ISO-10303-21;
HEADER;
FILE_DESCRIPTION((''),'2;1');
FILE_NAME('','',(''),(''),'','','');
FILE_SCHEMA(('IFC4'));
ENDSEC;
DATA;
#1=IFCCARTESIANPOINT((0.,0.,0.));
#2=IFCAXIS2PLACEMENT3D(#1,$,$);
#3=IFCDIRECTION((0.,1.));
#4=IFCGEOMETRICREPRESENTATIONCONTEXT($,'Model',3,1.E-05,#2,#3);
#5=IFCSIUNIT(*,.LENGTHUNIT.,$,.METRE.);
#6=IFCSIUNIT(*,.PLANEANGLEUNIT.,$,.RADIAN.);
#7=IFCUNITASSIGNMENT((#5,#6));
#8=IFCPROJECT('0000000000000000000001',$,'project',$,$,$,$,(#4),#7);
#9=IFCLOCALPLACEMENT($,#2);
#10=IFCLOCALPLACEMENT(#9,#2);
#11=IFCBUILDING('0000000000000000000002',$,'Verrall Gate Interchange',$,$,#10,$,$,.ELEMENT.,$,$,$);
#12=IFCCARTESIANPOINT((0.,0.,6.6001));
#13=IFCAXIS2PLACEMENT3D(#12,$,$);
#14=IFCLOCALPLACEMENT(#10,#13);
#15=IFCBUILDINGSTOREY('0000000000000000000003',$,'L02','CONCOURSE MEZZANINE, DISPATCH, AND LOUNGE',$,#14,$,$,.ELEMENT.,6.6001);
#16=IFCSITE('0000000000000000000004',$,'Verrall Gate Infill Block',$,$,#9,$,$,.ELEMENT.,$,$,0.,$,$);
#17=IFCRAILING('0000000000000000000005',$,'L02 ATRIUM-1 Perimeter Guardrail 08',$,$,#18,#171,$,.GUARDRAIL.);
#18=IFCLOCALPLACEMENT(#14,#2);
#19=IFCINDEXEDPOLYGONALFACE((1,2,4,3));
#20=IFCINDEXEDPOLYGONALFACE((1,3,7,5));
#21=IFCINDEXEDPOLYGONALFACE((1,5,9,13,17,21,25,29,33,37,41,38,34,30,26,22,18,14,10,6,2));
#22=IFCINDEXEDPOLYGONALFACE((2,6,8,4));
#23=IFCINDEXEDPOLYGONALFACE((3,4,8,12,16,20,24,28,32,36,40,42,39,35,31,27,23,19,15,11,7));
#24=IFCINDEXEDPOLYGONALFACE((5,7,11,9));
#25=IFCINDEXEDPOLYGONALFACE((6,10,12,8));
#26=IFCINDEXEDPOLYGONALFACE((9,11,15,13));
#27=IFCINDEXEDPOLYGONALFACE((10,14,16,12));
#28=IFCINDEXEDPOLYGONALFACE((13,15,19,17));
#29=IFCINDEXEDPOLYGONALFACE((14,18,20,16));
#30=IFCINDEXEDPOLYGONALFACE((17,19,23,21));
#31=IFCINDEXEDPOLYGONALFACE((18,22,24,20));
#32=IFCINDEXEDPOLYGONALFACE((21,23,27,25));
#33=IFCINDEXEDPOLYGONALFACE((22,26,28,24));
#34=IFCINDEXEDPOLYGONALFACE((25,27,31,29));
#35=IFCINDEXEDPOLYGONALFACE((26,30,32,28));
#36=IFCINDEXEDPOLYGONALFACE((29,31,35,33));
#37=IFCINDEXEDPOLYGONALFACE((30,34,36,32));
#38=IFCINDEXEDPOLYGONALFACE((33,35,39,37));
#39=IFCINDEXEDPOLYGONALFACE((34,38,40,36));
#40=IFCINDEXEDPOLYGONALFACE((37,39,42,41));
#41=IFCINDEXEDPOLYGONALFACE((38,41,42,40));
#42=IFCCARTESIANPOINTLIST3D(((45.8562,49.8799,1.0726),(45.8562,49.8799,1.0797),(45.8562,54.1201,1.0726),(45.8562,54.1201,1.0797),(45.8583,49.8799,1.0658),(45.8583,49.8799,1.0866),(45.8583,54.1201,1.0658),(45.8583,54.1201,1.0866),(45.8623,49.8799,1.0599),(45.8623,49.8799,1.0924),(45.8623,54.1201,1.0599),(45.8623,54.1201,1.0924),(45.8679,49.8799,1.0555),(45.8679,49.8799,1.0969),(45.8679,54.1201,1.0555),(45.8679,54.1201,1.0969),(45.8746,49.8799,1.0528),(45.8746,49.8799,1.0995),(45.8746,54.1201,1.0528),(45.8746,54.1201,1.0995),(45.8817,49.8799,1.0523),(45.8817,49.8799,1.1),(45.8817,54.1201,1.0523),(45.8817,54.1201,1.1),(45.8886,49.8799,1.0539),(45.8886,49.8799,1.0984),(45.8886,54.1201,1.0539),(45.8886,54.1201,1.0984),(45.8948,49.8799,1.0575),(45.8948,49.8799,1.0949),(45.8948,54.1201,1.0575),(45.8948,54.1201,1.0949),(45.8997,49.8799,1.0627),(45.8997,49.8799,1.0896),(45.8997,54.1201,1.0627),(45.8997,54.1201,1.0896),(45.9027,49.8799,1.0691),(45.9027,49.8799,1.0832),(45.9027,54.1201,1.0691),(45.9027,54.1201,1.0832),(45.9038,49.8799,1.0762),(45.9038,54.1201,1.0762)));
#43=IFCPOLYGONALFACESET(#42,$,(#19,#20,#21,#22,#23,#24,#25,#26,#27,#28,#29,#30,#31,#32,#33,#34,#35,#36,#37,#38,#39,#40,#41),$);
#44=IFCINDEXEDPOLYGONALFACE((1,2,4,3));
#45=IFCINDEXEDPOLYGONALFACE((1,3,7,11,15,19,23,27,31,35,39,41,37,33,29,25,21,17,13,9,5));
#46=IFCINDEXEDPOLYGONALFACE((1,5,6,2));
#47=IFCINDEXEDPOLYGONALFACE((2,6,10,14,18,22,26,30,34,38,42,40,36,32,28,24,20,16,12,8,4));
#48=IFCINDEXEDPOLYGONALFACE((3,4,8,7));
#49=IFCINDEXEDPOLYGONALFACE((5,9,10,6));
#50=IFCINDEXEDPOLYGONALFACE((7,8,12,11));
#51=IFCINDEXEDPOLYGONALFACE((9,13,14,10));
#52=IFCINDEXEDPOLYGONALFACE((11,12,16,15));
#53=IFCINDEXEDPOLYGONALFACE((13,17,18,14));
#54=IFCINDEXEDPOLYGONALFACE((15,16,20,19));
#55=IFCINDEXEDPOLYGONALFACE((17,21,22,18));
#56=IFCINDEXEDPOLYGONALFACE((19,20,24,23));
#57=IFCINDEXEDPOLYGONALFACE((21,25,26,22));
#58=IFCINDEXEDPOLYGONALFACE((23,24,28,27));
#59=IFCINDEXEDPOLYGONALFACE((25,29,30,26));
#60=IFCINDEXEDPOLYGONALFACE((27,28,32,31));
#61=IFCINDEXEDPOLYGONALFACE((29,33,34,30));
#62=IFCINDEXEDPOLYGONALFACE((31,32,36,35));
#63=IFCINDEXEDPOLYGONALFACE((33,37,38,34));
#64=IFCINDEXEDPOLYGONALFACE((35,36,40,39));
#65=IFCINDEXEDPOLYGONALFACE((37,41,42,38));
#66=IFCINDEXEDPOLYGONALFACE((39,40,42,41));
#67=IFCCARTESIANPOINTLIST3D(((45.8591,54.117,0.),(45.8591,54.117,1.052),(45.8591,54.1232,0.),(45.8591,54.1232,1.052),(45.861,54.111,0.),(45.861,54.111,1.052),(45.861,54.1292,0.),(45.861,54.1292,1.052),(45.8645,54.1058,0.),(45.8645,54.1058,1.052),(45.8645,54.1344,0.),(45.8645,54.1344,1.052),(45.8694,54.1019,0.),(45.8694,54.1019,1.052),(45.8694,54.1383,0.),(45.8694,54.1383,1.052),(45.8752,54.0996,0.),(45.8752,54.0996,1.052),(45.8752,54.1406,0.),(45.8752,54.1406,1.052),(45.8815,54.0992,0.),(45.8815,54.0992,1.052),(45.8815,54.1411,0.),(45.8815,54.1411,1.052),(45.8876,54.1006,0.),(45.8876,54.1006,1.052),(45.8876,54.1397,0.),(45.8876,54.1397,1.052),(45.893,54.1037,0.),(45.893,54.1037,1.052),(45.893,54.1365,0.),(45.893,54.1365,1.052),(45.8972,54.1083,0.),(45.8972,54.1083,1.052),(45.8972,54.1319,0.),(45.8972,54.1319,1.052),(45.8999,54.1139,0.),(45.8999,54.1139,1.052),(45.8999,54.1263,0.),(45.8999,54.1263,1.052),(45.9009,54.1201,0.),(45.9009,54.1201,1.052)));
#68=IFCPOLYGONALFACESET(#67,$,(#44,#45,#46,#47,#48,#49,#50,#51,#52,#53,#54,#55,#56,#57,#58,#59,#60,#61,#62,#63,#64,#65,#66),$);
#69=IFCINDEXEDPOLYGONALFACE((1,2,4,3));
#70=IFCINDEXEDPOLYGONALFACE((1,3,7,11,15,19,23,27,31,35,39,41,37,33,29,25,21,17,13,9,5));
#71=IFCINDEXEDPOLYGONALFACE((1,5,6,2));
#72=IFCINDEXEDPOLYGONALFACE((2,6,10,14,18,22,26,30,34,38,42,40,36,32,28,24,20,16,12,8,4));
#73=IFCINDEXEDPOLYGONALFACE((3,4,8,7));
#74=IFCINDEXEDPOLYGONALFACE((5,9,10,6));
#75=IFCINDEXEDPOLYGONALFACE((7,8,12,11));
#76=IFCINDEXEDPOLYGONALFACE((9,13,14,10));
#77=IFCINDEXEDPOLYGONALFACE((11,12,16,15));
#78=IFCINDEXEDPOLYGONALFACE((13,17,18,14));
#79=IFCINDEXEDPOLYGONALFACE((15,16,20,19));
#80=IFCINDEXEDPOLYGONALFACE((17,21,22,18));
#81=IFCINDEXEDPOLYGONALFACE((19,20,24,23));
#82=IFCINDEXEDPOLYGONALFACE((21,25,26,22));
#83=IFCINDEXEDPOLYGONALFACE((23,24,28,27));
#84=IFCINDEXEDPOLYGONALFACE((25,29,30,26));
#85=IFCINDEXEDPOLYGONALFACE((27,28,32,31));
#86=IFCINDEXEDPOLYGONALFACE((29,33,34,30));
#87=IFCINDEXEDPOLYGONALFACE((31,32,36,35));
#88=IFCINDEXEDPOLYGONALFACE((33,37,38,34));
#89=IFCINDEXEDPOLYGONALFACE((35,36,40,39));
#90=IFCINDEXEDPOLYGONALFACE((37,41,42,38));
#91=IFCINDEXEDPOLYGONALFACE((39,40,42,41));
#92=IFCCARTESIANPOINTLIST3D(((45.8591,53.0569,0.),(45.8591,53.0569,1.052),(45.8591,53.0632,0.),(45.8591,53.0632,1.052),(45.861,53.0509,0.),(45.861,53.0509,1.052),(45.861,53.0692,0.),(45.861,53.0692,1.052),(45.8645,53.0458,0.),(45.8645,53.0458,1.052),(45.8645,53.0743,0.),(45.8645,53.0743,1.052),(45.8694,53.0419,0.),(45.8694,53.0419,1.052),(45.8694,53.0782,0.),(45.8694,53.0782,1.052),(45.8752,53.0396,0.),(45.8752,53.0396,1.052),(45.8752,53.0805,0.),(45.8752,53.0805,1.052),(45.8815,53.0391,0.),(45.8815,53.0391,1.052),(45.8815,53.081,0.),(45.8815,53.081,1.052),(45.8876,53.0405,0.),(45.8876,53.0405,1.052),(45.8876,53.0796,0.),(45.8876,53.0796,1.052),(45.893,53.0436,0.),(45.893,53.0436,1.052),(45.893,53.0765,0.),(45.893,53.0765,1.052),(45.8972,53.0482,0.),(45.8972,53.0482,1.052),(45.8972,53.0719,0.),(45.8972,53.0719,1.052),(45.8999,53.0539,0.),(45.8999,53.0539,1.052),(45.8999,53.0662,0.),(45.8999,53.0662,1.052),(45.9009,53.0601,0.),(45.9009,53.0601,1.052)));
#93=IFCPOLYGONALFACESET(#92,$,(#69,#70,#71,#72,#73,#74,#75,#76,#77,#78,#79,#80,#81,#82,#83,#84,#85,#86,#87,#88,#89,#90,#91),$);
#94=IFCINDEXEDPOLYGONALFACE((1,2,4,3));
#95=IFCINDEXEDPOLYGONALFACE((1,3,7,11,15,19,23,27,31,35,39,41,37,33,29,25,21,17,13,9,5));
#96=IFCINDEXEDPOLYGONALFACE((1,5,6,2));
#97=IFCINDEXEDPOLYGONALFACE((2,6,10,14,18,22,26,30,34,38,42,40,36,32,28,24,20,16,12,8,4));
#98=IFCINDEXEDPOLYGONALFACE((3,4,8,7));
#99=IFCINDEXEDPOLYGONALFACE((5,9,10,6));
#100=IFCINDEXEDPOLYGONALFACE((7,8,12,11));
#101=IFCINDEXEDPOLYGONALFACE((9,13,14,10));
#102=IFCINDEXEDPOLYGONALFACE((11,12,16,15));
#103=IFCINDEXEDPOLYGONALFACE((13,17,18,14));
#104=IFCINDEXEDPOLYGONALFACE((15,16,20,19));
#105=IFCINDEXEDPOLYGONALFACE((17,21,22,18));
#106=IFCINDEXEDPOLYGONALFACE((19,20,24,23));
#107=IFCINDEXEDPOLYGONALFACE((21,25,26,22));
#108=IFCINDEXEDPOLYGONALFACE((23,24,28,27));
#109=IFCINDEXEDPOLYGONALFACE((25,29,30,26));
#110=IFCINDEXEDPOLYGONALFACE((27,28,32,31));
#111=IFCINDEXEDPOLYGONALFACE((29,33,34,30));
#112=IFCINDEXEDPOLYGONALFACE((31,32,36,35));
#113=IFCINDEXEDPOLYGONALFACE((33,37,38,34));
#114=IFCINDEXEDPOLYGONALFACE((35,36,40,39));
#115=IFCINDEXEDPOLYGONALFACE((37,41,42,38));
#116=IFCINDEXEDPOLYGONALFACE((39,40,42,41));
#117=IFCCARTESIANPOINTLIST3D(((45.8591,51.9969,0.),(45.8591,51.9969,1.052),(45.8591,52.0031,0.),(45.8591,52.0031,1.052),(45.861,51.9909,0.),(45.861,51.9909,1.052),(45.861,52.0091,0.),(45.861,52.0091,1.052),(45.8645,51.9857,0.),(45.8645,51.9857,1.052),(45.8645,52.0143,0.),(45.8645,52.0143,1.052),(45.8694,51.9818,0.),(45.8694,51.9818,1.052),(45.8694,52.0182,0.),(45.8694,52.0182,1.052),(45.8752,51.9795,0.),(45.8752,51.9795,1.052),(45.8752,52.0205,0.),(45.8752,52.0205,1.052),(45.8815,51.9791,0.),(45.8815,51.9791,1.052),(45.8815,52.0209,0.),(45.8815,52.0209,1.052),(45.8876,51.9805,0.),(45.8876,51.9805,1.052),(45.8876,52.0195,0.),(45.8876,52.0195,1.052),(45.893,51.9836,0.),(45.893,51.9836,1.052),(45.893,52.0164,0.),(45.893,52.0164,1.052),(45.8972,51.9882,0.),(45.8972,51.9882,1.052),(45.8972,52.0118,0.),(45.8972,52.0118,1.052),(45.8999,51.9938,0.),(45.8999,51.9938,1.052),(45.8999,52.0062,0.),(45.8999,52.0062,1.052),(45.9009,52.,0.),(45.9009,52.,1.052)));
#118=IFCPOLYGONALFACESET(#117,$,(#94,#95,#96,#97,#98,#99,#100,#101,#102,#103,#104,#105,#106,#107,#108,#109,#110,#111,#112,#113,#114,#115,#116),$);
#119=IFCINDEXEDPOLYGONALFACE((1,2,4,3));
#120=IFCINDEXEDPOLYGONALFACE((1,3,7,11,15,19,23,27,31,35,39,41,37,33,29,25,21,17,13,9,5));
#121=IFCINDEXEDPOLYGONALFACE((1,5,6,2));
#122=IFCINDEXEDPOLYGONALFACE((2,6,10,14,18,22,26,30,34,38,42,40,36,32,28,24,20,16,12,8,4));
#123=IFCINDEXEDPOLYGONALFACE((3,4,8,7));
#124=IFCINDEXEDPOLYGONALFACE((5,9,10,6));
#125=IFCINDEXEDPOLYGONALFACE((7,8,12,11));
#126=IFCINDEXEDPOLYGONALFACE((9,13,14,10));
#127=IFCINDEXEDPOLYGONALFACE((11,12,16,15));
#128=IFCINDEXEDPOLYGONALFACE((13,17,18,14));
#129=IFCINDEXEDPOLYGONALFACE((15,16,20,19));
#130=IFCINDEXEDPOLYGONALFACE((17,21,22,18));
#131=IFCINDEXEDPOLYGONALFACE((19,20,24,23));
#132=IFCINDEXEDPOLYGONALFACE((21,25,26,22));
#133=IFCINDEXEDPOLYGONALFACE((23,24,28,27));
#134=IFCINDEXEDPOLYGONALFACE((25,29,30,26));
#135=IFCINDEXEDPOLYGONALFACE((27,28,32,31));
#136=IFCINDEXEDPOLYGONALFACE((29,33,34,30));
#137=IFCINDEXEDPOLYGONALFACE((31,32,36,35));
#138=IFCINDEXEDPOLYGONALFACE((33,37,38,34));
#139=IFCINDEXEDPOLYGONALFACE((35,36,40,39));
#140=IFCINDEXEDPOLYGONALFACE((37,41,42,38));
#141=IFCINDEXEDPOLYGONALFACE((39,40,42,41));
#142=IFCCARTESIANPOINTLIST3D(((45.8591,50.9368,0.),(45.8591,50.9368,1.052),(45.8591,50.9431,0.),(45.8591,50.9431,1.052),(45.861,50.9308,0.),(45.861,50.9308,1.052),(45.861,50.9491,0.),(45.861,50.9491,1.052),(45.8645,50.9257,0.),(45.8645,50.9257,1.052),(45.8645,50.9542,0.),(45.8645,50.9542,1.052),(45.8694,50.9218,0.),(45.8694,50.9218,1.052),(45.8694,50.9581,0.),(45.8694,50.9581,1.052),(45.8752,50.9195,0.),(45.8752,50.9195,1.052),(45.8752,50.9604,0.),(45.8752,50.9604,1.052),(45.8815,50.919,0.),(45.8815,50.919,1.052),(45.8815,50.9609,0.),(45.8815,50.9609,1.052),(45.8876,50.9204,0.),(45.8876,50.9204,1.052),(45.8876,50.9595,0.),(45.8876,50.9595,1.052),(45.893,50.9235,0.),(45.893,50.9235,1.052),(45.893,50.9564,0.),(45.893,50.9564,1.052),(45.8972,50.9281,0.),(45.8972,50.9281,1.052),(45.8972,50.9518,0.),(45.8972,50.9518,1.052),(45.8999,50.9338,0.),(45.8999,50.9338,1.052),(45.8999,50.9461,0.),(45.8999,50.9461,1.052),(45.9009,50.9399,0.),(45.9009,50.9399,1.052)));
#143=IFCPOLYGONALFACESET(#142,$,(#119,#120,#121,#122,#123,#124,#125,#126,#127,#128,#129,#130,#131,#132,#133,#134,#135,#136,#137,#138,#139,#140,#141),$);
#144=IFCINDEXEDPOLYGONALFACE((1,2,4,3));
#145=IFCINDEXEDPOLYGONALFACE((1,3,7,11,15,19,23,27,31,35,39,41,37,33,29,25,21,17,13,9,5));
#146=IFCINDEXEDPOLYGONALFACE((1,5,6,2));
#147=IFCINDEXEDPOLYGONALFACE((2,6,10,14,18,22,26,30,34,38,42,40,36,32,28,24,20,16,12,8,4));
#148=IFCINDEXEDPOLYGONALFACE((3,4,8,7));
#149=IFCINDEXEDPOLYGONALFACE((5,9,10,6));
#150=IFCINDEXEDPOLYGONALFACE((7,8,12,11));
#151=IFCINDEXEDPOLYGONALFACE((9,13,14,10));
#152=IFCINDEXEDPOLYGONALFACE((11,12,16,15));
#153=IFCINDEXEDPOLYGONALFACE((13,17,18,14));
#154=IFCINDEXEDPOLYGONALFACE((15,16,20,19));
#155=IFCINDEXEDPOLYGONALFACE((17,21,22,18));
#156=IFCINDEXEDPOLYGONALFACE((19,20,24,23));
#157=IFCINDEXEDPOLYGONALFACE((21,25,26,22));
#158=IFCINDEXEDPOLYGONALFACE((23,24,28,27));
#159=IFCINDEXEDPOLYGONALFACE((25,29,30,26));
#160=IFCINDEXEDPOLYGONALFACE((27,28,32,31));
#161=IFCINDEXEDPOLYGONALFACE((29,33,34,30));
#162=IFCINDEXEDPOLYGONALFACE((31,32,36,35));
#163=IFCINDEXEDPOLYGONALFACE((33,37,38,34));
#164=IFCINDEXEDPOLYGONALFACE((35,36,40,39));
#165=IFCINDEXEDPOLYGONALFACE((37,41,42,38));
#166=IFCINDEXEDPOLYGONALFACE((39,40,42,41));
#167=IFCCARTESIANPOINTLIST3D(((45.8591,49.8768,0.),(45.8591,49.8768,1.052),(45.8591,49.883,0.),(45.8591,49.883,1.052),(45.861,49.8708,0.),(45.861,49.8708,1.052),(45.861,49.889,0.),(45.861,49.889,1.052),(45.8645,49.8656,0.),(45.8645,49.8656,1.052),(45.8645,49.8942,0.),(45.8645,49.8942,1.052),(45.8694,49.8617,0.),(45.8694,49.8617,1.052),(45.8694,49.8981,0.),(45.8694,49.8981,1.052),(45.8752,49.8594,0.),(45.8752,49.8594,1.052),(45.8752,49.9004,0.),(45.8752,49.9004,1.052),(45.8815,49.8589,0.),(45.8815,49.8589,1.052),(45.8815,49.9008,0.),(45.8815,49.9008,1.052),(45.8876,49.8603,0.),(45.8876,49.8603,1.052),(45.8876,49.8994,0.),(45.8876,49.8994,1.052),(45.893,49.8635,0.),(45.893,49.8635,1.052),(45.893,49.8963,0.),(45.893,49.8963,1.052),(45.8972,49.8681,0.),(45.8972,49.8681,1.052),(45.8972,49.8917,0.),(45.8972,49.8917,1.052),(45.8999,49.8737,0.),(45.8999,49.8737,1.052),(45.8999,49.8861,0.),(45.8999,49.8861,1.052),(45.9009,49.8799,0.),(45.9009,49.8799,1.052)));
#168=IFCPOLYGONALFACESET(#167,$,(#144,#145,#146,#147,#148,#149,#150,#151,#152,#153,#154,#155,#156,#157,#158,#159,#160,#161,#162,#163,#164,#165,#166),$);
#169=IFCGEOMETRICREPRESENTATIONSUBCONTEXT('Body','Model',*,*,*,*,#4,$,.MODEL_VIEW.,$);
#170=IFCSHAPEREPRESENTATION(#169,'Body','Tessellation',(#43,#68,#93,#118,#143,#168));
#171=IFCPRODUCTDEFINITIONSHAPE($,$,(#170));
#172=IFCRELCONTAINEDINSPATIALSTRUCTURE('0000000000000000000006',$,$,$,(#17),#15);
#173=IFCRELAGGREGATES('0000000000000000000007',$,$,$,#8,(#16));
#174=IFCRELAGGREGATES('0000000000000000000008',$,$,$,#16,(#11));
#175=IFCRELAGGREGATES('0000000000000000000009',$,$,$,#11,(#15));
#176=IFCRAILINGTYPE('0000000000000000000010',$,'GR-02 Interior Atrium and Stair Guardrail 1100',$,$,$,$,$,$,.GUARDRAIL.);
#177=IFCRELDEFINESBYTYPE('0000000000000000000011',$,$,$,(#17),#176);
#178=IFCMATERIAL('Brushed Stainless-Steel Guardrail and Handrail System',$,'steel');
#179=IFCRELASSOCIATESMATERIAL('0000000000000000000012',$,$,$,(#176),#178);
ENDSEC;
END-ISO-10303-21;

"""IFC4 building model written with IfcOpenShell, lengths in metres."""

from ifc_helpers import new_model, si_unit, direction, frame, origin, origin_2d, place, context, subcontext, project, spatial, circle, extrude, material, type_object, element, save


model = new_model("IFC4")

# Units and contexts
model_context = context("Model", 3, precision=1e-05, world=origin(), true_north=direction((0.0, 1.0)))
body_context = subcontext(model_context, "Body", "Model", "MODEL_VIEW")
ifc_project = project(units=[si_unit("LENGTHUNIT", "METRE"), si_unit("PLANEANGLEUNIT", "RADIAN")], contexts=[model_context])

# Site, building, storey
site_placement = place(None, origin())
site = spatial("IfcSite", under=ifc_project, at=site_placement, Name="Verrall Gate Infill Block", CompositionType="ELEMENT", RefElevation=0.0)
building_placement = place(site_placement, origin())
building = spatial("IfcBuilding", under=site, at=building_placement, Name="Verrall Gate Interchange", CompositionType="ELEMENT")
storey_placement = place(building_placement, frame((0.0, 0.0, 6.6001)))
storey = spatial("IfcBuildingStorey", under=building, at=storey_placement, Name="L02", Description="CONCOURSE MEZZANINE, DISPATCH, AND LOUNGE", CompositionType="ELEMENT", Elevation=6.6001)

# Railing
ifc_material_1 = material(Name="Brushed Stainless-Steel Guardrail and Handrail System", Category="steel")
railing_type = type_object("IfcRailingType", Name="GR-02 Interior Atrium and Stair Guardrail 1100", PredefinedType="GUARDRAIL", material=ifc_material_1)
railing_1_placement = place(storey_placement, frame((45.8799, 54.1201, 0.0)))
element("IfcRailing", 1, at=railing_1_placement, inside=storey, type_object=railing_type, Name="L02 ATRIUM-1 Perimeter Guardrail 08", PredefinedType="GUARDRAIL", context=body_context, shape_type="SweptSolid", body=[
    extrude(circle(Radius=0.0239, at=origin_2d()), frame((0.0, 0.0, 1.0762), z_axis=(0.0, -1.0, 0.0), x_axis=(1.0, 0.0, 0.0)), (0.0, 0.0, 1.0), 4.2402),
    extrude(circle(Radius=0.021, at=origin_2d()), origin(), (0.0, 0.0, 1.0), 1.052),
    extrude(circle(Radius=0.021, at=origin_2d()), frame((0.0, -1.0601, 0.0)), (0.0, 0.0, 1.0), 1.052),
    extrude(circle(Radius=0.021, at=origin_2d()), frame((0.0, -2.1201, 0.0)), (0.0, 0.0, 1.0), 1.052),
    extrude(circle(Radius=0.021, at=origin_2d()), frame((0.0, -3.1802, 0.0)), (0.0, 0.0, 1.0), 1.052),
    extrude(circle(Radius=0.021, at=origin_2d()), frame((0.0, -4.2402, 0.0)), (0.0, 0.0, 1.0), 1.052),
])

save(model, "model.ifc")
